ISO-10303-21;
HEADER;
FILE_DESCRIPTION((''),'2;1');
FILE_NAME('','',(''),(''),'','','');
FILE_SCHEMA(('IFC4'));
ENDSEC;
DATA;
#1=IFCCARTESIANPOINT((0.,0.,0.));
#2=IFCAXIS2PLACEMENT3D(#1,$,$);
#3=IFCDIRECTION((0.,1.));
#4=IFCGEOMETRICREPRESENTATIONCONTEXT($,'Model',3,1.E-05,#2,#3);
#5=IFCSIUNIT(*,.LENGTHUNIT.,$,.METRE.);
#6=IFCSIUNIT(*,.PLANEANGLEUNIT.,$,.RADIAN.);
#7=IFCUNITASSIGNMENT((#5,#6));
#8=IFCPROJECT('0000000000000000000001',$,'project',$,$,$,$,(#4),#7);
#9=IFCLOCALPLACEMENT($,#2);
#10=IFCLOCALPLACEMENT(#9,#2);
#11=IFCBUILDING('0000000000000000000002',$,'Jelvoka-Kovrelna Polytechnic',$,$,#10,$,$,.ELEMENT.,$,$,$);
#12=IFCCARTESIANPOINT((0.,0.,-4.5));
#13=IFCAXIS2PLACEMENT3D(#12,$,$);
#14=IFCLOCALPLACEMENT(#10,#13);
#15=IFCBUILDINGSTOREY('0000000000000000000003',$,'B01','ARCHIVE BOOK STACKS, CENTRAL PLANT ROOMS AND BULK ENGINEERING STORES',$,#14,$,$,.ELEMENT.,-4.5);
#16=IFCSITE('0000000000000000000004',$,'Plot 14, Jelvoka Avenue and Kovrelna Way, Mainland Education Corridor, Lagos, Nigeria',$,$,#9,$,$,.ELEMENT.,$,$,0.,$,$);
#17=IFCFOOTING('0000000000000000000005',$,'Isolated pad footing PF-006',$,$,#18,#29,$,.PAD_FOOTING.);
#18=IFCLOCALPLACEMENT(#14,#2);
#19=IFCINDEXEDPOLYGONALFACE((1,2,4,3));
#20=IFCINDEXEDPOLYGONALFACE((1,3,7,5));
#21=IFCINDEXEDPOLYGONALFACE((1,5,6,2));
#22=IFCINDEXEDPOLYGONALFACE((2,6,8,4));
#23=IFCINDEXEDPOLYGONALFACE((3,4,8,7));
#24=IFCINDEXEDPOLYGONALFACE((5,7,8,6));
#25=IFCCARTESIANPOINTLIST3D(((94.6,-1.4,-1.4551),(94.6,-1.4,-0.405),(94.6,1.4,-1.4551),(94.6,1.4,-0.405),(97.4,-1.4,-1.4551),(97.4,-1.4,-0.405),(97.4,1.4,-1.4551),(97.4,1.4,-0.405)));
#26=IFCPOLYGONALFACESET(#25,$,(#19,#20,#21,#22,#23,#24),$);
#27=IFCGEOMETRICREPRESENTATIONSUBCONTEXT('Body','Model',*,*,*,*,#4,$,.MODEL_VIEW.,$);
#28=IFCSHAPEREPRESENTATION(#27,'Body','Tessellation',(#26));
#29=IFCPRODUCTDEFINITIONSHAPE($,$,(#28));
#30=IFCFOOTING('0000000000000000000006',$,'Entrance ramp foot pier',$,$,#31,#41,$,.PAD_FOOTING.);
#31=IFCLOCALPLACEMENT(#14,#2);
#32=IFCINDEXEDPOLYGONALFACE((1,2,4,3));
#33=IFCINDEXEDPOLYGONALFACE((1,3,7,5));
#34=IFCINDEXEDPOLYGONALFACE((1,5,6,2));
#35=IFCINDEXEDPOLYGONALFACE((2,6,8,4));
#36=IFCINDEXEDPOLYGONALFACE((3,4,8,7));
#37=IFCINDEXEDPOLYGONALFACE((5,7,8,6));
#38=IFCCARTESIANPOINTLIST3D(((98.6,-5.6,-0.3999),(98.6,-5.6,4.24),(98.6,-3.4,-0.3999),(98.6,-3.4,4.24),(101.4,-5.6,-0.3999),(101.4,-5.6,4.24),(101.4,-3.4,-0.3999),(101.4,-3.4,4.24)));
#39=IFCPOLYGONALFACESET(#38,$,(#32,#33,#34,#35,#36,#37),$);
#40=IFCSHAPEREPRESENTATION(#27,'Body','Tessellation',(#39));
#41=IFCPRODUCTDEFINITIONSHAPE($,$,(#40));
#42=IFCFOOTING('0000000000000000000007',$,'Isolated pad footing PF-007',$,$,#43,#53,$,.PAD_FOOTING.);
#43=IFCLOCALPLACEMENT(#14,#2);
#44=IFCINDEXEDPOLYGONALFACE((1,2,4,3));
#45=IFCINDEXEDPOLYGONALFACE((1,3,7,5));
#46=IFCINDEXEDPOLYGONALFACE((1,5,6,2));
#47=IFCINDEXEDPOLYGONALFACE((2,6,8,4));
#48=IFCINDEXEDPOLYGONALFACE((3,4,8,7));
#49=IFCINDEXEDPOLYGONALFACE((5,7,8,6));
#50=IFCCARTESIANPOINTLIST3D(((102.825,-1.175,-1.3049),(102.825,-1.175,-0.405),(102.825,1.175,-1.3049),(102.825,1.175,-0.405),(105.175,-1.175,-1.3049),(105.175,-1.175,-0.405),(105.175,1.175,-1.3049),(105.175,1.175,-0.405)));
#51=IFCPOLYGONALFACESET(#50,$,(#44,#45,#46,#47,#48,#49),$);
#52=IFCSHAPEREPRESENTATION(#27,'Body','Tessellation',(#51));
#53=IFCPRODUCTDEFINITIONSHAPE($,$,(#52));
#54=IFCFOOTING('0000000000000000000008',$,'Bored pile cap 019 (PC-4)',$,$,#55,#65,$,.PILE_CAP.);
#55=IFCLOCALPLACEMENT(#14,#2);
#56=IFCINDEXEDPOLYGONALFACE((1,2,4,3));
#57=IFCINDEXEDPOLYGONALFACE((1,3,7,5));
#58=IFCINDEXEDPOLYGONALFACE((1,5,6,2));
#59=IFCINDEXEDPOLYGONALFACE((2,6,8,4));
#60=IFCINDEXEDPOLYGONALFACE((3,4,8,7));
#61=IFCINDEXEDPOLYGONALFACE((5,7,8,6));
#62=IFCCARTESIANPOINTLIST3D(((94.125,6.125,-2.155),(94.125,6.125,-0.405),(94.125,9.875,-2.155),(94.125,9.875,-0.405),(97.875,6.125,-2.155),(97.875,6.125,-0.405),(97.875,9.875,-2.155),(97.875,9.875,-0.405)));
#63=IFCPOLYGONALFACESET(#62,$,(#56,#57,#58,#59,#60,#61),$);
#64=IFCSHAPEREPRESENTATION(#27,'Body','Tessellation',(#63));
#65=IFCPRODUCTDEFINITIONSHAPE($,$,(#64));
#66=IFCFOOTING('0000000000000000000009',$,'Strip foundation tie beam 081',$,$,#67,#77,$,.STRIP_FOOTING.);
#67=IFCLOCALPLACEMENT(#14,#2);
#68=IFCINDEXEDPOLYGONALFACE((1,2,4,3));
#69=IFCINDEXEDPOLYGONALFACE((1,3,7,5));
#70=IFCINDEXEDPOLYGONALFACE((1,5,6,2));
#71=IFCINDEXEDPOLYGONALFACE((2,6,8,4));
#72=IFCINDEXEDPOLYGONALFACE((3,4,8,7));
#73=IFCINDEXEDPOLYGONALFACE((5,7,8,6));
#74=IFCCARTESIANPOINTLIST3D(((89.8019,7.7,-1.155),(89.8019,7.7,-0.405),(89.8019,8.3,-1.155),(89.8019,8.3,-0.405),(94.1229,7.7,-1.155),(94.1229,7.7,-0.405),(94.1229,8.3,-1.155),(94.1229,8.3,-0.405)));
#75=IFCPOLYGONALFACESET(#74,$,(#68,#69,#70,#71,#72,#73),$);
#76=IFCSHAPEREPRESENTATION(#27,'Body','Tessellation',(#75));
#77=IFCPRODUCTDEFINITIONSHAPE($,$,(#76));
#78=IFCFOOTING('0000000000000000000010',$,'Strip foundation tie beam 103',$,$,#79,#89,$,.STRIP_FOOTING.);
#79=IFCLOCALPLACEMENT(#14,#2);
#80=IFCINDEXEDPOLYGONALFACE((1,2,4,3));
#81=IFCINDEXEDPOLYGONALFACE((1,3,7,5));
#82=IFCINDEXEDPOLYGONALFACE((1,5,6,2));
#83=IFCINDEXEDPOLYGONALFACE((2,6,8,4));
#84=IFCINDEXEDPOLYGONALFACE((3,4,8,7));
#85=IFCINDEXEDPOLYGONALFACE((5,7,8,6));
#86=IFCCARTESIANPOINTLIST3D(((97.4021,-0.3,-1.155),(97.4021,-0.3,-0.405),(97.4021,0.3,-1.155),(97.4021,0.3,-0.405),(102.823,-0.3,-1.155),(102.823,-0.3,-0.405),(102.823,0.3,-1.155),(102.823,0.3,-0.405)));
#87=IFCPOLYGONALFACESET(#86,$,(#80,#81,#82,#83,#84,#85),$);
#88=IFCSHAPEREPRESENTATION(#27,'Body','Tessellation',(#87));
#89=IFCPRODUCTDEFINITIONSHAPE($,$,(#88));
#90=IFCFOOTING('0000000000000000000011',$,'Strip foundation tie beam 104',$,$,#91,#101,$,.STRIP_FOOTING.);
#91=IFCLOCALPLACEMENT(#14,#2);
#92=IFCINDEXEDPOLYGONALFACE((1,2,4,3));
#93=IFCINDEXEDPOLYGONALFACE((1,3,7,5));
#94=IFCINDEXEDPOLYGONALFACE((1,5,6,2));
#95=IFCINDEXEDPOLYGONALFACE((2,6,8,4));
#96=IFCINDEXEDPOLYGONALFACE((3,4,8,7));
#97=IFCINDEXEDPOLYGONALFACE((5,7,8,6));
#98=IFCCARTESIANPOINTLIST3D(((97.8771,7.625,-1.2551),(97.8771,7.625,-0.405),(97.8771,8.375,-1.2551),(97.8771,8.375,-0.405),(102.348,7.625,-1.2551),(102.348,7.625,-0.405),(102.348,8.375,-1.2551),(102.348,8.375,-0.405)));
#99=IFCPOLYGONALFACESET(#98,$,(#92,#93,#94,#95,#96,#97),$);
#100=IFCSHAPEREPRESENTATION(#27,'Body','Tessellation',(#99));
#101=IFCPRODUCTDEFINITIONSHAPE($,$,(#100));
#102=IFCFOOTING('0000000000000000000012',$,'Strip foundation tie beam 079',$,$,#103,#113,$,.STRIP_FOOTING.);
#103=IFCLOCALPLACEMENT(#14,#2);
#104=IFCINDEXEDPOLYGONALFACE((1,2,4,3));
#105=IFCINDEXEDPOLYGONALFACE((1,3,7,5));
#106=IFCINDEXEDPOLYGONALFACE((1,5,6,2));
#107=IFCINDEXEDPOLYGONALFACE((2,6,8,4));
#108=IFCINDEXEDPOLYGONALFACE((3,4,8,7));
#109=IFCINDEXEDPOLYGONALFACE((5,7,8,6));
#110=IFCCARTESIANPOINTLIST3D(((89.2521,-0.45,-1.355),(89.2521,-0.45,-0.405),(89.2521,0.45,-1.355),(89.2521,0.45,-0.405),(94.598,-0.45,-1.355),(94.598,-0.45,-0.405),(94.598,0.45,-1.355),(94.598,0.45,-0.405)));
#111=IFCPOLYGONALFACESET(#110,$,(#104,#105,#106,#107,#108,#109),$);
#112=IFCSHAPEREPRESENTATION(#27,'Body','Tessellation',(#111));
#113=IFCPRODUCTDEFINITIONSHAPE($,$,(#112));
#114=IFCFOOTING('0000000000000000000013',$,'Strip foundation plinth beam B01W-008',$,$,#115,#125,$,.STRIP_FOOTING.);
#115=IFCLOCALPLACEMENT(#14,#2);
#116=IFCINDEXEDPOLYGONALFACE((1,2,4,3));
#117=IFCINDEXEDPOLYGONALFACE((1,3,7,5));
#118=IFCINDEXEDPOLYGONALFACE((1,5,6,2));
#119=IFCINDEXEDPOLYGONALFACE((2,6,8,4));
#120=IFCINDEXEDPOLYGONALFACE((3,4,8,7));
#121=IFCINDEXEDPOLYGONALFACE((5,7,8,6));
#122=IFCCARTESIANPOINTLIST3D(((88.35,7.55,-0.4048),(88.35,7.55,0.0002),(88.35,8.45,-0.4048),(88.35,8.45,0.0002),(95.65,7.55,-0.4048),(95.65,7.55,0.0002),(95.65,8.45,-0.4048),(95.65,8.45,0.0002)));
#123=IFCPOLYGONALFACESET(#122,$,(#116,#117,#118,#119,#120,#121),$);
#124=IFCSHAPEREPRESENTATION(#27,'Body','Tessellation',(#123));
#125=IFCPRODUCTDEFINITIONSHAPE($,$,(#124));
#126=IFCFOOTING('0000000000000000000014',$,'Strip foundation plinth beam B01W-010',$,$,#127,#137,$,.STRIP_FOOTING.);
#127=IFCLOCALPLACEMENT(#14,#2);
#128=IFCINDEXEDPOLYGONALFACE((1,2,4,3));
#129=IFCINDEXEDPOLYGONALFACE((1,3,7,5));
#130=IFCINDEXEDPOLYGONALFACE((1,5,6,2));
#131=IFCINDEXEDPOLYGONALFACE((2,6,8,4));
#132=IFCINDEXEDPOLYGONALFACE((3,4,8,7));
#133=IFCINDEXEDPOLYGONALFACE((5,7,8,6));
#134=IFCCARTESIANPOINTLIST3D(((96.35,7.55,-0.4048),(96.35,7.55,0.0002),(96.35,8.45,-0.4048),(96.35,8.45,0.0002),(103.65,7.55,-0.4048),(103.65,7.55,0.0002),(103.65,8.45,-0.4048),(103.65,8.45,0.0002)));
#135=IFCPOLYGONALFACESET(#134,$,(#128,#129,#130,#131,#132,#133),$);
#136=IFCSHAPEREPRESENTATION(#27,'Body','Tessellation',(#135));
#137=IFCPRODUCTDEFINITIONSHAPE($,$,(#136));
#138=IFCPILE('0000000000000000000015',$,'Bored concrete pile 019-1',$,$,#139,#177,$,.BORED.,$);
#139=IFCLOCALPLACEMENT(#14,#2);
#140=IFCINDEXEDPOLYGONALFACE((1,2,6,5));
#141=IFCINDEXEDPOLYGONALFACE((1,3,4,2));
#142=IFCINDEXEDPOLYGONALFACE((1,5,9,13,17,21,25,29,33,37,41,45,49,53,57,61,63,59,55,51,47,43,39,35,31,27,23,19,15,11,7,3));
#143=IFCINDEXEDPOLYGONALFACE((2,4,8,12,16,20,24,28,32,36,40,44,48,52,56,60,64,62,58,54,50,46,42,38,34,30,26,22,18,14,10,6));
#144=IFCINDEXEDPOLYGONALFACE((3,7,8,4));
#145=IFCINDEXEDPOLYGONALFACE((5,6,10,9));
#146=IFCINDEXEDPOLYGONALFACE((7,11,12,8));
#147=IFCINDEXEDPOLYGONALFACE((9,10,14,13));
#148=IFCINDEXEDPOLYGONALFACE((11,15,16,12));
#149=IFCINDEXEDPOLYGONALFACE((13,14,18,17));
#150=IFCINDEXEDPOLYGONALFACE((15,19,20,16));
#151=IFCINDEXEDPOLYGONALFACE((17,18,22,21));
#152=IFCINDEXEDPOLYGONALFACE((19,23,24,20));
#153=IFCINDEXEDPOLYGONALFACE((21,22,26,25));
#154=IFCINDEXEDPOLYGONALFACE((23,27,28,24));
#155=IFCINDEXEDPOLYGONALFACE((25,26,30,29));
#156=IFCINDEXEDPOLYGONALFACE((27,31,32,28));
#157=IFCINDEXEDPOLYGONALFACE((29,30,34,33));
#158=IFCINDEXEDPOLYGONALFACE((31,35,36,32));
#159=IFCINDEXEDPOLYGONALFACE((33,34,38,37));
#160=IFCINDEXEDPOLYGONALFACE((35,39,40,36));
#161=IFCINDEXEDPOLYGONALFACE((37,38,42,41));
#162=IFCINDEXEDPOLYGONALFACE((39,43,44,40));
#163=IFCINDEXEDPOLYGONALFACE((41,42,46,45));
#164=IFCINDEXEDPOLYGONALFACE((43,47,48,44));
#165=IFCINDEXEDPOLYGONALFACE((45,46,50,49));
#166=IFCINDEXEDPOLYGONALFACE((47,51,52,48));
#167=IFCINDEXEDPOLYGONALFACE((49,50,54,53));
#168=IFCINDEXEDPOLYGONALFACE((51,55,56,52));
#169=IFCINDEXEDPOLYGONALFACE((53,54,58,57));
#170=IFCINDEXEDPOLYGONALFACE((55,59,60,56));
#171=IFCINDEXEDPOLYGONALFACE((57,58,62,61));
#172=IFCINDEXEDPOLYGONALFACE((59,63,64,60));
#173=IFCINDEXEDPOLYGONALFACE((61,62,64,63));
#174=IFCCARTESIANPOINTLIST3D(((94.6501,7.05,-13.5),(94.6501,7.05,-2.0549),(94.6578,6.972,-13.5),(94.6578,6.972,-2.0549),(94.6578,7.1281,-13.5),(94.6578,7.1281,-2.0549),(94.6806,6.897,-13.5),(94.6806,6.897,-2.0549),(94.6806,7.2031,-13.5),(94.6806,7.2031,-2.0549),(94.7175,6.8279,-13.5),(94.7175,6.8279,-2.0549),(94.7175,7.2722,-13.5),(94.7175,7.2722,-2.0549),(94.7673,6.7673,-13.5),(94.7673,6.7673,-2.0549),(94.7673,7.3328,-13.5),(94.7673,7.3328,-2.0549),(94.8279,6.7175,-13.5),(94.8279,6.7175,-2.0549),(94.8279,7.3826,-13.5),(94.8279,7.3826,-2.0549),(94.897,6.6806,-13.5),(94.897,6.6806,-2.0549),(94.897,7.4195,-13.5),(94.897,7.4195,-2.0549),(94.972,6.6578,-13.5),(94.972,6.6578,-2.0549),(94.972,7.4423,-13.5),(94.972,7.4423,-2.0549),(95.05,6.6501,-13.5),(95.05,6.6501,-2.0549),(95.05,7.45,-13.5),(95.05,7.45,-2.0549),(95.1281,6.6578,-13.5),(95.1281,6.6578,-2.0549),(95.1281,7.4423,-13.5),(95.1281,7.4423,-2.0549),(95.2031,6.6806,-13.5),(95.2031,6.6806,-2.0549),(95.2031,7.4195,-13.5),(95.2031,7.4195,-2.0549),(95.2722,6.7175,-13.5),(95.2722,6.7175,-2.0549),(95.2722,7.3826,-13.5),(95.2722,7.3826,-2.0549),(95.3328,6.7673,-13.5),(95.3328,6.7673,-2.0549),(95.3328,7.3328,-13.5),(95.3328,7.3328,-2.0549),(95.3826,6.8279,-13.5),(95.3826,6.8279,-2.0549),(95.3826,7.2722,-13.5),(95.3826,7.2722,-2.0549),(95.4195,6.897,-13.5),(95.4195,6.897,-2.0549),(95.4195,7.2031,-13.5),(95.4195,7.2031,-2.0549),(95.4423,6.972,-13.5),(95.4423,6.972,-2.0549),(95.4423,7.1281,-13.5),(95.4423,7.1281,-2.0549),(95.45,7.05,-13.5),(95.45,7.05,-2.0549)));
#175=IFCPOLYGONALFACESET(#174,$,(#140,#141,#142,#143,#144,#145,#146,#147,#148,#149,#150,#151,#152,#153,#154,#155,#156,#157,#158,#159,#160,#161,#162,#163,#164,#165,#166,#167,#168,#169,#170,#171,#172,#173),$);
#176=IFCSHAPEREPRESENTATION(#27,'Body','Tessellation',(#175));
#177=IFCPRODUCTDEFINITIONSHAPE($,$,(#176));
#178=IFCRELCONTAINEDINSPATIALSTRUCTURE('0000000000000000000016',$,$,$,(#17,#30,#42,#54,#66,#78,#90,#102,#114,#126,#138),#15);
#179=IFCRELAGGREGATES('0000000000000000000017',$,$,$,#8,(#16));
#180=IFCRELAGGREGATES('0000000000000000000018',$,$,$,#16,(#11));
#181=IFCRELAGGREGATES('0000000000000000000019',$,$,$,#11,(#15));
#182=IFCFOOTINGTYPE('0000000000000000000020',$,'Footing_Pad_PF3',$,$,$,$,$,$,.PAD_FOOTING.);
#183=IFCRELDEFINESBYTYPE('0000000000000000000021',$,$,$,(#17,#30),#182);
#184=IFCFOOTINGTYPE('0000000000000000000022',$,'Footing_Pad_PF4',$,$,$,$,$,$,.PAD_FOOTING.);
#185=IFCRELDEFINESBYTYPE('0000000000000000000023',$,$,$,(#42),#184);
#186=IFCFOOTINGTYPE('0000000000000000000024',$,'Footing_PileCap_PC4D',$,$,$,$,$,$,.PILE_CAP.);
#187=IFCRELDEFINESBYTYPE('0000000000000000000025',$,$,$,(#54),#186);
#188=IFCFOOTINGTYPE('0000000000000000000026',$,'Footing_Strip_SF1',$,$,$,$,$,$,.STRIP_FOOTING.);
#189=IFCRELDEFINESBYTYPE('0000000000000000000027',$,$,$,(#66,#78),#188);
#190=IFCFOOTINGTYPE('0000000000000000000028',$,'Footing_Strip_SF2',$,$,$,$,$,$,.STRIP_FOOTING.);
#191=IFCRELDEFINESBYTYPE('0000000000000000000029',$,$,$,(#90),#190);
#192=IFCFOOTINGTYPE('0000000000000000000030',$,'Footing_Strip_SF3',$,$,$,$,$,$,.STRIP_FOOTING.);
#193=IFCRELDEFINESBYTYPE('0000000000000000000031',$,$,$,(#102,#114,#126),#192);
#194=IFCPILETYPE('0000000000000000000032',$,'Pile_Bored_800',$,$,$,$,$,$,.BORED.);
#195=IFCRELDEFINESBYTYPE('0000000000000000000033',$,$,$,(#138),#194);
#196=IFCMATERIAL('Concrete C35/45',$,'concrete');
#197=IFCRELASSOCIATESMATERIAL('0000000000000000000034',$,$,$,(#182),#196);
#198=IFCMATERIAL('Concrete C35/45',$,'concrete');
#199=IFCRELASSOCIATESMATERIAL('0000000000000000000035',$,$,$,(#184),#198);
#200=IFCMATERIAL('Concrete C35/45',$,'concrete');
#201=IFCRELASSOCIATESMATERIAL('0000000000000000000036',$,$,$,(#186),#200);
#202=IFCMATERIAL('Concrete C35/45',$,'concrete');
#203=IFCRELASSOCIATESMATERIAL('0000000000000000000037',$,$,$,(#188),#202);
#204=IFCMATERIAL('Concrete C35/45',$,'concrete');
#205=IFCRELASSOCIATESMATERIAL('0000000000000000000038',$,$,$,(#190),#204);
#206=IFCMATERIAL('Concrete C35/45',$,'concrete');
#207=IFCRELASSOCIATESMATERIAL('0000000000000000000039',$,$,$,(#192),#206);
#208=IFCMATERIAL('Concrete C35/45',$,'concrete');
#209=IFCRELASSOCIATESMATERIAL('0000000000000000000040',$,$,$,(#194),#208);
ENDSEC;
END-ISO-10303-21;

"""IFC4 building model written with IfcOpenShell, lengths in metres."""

from ifc_helpers import new_model, si_unit, direction, frame, origin, origin_2d, place, context, subcontext, project, spatial, rectangle, circle, extrude, material, material_profile, profile_set, type_object, element, save


model = new_model("IFC4")

# Units and contexts
model_context = context("Model", 3, precision=1e-05, world=origin(), true_north=direction((0.0, 1.0)))
body_context = subcontext(model_context, "Body", "Model", "MODEL_VIEW")
ifc_project = project(units=[si_unit("LENGTHUNIT", "METRE"), si_unit("PLANEANGLEUNIT", "RADIAN")], contexts=[model_context])

# Site, building, storey
site_placement = place(None, origin())
site = spatial("IfcSite", under=ifc_project, at=site_placement, Name="Plot 14, Jelvoka Avenue and Kovrelna Way, Mainland Education Corridor, Lagos, Nigeria", CompositionType="ELEMENT", RefElevation=0.0)
building_placement = place(site_placement, origin())
building = spatial("IfcBuilding", under=site, at=building_placement, Name="Jelvoka-Kovrelna Polytechnic", CompositionType="ELEMENT")
storey_placement = place(building_placement, frame((0.0, 0.0, -4.5)))
storey = spatial("IfcBuildingStorey", under=building, at=storey_placement, Name="B01", Description="ARCHIVE BOOK STACKS, CENTRAL PLANT ROOMS AND BULK ENGINEERING STORES", CompositionType="ELEMENT", Elevation=-4.5)

# Footings
ifc_material_1 = material(Name="Concrete C35/45", Category="concrete")
footing_type_1 = type_object("IfcFootingType", Name="Footing_Pad_PF3", PredefinedType="PAD_FOOTING", material=ifc_material_1)
footing_1_placement = place(storey_placement, frame((96.0, 0.0, -1.4551), z_axis=(0.0, 0.0, 1.0), x_axis=(1.0, 0.0, 0.0)))
element("IfcFooting", 1, at=footing_1_placement, inside=storey, type_object=footing_type_1, Name="Isolated pad footing PF-006", PredefinedType="PAD_FOOTING", context=body_context, shape_type="SweptSolid", body=[
    extrude(rectangle(XDim=2.8, YDim=2.8, at=origin_2d()), origin(), (0.0, 0.0, 1.0), 1.05),
])
footing_2_placement = place(storey_placement, frame((100.0, -4.5, -0.3999), z_axis=(0.0, 0.0, 1.0), x_axis=(1.0, 0.0, 0.0)))
element("IfcFooting", 2, at=footing_2_placement, inside=storey, type_object=footing_type_1, Name="Entrance ramp foot pier", PredefinedType="PAD_FOOTING", context=body_context, shape_type="SweptSolid", body=[
    extrude(rectangle(XDim=2.8, YDim=2.2, at=origin_2d()), origin(), (0.0, 0.0, 1.0), 4.6399),
])
ifc_material_2 = material(Name="Concrete C35/45", Category="concrete")
footing_type_2 = type_object("IfcFootingType", Name="Footing_Pad_PF4", PredefinedType="PAD_FOOTING", material=ifc_material_2)
footing_3_placement = place(storey_placement, frame((104.0, 0.0, -1.3049), z_axis=(0.0, 0.0, 1.0), x_axis=(1.0, 0.0, 0.0)))
element("IfcFooting", 3, at=footing_3_placement, inside=storey, type_object=footing_type_2, Name="Isolated pad footing PF-007", PredefinedType="PAD_FOOTING", context=body_context, shape_type="SweptSolid", body=[
    extrude(rectangle(XDim=2.3501, YDim=2.3501, at=origin_2d()), origin(), (0.0, 0.0, 1.0), 0.8999),
])
ifc_material_3 = material(Name="Concrete C35/45", Category="concrete")
footing_type_3 = type_object("IfcFootingType", Name="Footing_PileCap_PC4D", PredefinedType="PILE_CAP", material=ifc_material_3)
footing_4_placement = place(storey_placement, frame((96.0, 8.0, -2.155), z_axis=(0.0, 0.0, 1.0), x_axis=(1.0, 0.0, 0.0)))
element("IfcFooting", 4, at=footing_4_placement, inside=storey, type_object=footing_type_3, Name="Bored pile cap 019 (PC-4)", PredefinedType="PILE_CAP", context=body_context, shape_type="SweptSolid", body=[
    extrude(rectangle(XDim=3.75, YDim=3.75, at=origin_2d()), origin(), (0.0, 0.0, 1.0), 1.75),
])
ifc_material_4 = material(Name="Concrete C35/45", Category="concrete")
footing_type_4 = type_object("IfcFootingType", Name="Footing_Strip_SF1", PredefinedType="STRIP_FOOTING", material=ifc_material_4)
footing_5_placement = place(storey_placement, frame((91.9624, 8.0, -1.155), z_axis=(0.0, 0.0, 1.0), x_axis=(1.0, 0.0, 0.0)))
element("IfcFooting", 5, at=footing_5_placement, inside=storey, type_object=footing_type_4, Name="Strip foundation tie beam 081", PredefinedType="STRIP_FOOTING", context=body_context, shape_type="SweptSolid", body=[
    extrude(rectangle(XDim=4.321, YDim=0.6001, at=origin_2d()), origin(), (0.0, 0.0, 1.0), 0.75),
])
footing_6_placement = place(storey_placement, frame((100.1125, 0.0, -1.155), z_axis=(0.0, 0.0, 1.0), x_axis=(1.0, 0.0, 0.0)))
element("IfcFooting", 6, at=footing_6_placement, inside=storey, type_object=footing_type_4, Name="Strip foundation tie beam 103", PredefinedType="STRIP_FOOTING", context=body_context, shape_type="SweptSolid", body=[
    extrude(rectangle(XDim=5.4209, YDim=0.6001, at=origin_2d()), origin(), (0.0, 0.0, 1.0), 0.75),
])
ifc_material_5 = material(Name="Concrete C35/45", Category="concrete")
footing_type_5 = type_object("IfcFootingType", Name="Footing_Strip_SF2", PredefinedType="STRIP_FOOTING", material=ifc_material_5)
footing_7_placement = place(storey_placement, frame((100.1125, 8.0, -1.2551), z_axis=(0.0, 0.0, 1.0), x_axis=(1.0, 0.0, 0.0)))
element("IfcFooting", 7, at=footing_7_placement, inside=storey, type_object=footing_type_5, Name="Strip foundation tie beam 104", PredefinedType="STRIP_FOOTING", context=body_context, shape_type="SweptSolid", body=[
    extrude(rectangle(XDim=4.4709, YDim=0.75, at=origin_2d()), origin(), (0.0, 0.0, 1.0), 0.8501),
])
ifc_material_6 = material(Name="Concrete C35/45", Category="concrete")
footing_type_6 = type_object("IfcFootingType", Name="Footing_Strip_SF3", PredefinedType="STRIP_FOOTING", material=ifc_material_6)
footing_8_placement = place(storey_placement, frame((91.925, 0.0, -1.355), z_axis=(0.0, 0.0, 1.0), x_axis=(1.0, 0.0, 0.0)))
element("IfcFooting", 8, at=footing_8_placement, inside=storey, type_object=footing_type_6, Name="Strip foundation tie beam 079", PredefinedType="STRIP_FOOTING", context=body_context, shape_type="SweptSolid", body=[
    extrude(rectangle(XDim=5.3459, YDim=0.8999, at=origin_2d()), origin(), (0.0, 0.0, 1.0), 0.95),
])
for number, where, z_axis, x_axis, name in (
    (9, (92.0, 8.0, -0.4048), (0.0, 0.0, 1.0), (1.0, 0.0, 0.0), "Strip foundation plinth beam B01W-008"),
    (10, (100.0, 8.0, -0.4048), (0.0, 0.0, 1.0), (1.0, 0.0, 0.0), "Strip foundation plinth beam B01W-010"),
):
    element("IfcFooting", number, at=place(storey_placement, frame(where, z_axis=z_axis, x_axis=x_axis)), inside=storey, type_object=footing_type_6, Name=name, PredefinedType="STRIP_FOOTING", context=body_context, shape_type="SweptSolid", body=[
        extrude(rectangle(XDim=7.3, YDim=0.8999, at=origin_2d()), origin(), (0.0, 0.0, 1.0), 0.405),
    ])

# Pile
ifc_material_7 = material(Name="Concrete C35/45", Category="concrete")
ifc_material_profile_1 = material_profile(ifc_material_7, circle(Radius=0.3999, at=origin_2d()), Name="PILE D800")
ifc_profile_set_1 = profile_set([ifc_material_profile_1], Name="Concrete C35/45")
pile_type = type_object("IfcPileType", Name="Pile_Bored_800", PredefinedType="BORED", material=ifc_profile_set_1)
for number, where, z_axis, x_axis, name in (
    (11, (95.05, 7.05, -2.0549), (0.0, 0.0, -1.0), (1.0, 0.0, 0.0), "Bored concrete pile 019-1"),
):
    element("IfcPile", number, at=place(storey_placement, frame(where, z_axis=z_axis, x_axis=x_axis)), inside=storey, type_object=pile_type, Name=name, PredefinedType="BORED", context=body_context, shape_type="SweptSolid", body=[
        extrude(circle(Radius=0.3999, at=origin_2d()), origin(), (0.0, 0.0, 1.0), 11.4451),
    ])

save(model, "model.ifc")
